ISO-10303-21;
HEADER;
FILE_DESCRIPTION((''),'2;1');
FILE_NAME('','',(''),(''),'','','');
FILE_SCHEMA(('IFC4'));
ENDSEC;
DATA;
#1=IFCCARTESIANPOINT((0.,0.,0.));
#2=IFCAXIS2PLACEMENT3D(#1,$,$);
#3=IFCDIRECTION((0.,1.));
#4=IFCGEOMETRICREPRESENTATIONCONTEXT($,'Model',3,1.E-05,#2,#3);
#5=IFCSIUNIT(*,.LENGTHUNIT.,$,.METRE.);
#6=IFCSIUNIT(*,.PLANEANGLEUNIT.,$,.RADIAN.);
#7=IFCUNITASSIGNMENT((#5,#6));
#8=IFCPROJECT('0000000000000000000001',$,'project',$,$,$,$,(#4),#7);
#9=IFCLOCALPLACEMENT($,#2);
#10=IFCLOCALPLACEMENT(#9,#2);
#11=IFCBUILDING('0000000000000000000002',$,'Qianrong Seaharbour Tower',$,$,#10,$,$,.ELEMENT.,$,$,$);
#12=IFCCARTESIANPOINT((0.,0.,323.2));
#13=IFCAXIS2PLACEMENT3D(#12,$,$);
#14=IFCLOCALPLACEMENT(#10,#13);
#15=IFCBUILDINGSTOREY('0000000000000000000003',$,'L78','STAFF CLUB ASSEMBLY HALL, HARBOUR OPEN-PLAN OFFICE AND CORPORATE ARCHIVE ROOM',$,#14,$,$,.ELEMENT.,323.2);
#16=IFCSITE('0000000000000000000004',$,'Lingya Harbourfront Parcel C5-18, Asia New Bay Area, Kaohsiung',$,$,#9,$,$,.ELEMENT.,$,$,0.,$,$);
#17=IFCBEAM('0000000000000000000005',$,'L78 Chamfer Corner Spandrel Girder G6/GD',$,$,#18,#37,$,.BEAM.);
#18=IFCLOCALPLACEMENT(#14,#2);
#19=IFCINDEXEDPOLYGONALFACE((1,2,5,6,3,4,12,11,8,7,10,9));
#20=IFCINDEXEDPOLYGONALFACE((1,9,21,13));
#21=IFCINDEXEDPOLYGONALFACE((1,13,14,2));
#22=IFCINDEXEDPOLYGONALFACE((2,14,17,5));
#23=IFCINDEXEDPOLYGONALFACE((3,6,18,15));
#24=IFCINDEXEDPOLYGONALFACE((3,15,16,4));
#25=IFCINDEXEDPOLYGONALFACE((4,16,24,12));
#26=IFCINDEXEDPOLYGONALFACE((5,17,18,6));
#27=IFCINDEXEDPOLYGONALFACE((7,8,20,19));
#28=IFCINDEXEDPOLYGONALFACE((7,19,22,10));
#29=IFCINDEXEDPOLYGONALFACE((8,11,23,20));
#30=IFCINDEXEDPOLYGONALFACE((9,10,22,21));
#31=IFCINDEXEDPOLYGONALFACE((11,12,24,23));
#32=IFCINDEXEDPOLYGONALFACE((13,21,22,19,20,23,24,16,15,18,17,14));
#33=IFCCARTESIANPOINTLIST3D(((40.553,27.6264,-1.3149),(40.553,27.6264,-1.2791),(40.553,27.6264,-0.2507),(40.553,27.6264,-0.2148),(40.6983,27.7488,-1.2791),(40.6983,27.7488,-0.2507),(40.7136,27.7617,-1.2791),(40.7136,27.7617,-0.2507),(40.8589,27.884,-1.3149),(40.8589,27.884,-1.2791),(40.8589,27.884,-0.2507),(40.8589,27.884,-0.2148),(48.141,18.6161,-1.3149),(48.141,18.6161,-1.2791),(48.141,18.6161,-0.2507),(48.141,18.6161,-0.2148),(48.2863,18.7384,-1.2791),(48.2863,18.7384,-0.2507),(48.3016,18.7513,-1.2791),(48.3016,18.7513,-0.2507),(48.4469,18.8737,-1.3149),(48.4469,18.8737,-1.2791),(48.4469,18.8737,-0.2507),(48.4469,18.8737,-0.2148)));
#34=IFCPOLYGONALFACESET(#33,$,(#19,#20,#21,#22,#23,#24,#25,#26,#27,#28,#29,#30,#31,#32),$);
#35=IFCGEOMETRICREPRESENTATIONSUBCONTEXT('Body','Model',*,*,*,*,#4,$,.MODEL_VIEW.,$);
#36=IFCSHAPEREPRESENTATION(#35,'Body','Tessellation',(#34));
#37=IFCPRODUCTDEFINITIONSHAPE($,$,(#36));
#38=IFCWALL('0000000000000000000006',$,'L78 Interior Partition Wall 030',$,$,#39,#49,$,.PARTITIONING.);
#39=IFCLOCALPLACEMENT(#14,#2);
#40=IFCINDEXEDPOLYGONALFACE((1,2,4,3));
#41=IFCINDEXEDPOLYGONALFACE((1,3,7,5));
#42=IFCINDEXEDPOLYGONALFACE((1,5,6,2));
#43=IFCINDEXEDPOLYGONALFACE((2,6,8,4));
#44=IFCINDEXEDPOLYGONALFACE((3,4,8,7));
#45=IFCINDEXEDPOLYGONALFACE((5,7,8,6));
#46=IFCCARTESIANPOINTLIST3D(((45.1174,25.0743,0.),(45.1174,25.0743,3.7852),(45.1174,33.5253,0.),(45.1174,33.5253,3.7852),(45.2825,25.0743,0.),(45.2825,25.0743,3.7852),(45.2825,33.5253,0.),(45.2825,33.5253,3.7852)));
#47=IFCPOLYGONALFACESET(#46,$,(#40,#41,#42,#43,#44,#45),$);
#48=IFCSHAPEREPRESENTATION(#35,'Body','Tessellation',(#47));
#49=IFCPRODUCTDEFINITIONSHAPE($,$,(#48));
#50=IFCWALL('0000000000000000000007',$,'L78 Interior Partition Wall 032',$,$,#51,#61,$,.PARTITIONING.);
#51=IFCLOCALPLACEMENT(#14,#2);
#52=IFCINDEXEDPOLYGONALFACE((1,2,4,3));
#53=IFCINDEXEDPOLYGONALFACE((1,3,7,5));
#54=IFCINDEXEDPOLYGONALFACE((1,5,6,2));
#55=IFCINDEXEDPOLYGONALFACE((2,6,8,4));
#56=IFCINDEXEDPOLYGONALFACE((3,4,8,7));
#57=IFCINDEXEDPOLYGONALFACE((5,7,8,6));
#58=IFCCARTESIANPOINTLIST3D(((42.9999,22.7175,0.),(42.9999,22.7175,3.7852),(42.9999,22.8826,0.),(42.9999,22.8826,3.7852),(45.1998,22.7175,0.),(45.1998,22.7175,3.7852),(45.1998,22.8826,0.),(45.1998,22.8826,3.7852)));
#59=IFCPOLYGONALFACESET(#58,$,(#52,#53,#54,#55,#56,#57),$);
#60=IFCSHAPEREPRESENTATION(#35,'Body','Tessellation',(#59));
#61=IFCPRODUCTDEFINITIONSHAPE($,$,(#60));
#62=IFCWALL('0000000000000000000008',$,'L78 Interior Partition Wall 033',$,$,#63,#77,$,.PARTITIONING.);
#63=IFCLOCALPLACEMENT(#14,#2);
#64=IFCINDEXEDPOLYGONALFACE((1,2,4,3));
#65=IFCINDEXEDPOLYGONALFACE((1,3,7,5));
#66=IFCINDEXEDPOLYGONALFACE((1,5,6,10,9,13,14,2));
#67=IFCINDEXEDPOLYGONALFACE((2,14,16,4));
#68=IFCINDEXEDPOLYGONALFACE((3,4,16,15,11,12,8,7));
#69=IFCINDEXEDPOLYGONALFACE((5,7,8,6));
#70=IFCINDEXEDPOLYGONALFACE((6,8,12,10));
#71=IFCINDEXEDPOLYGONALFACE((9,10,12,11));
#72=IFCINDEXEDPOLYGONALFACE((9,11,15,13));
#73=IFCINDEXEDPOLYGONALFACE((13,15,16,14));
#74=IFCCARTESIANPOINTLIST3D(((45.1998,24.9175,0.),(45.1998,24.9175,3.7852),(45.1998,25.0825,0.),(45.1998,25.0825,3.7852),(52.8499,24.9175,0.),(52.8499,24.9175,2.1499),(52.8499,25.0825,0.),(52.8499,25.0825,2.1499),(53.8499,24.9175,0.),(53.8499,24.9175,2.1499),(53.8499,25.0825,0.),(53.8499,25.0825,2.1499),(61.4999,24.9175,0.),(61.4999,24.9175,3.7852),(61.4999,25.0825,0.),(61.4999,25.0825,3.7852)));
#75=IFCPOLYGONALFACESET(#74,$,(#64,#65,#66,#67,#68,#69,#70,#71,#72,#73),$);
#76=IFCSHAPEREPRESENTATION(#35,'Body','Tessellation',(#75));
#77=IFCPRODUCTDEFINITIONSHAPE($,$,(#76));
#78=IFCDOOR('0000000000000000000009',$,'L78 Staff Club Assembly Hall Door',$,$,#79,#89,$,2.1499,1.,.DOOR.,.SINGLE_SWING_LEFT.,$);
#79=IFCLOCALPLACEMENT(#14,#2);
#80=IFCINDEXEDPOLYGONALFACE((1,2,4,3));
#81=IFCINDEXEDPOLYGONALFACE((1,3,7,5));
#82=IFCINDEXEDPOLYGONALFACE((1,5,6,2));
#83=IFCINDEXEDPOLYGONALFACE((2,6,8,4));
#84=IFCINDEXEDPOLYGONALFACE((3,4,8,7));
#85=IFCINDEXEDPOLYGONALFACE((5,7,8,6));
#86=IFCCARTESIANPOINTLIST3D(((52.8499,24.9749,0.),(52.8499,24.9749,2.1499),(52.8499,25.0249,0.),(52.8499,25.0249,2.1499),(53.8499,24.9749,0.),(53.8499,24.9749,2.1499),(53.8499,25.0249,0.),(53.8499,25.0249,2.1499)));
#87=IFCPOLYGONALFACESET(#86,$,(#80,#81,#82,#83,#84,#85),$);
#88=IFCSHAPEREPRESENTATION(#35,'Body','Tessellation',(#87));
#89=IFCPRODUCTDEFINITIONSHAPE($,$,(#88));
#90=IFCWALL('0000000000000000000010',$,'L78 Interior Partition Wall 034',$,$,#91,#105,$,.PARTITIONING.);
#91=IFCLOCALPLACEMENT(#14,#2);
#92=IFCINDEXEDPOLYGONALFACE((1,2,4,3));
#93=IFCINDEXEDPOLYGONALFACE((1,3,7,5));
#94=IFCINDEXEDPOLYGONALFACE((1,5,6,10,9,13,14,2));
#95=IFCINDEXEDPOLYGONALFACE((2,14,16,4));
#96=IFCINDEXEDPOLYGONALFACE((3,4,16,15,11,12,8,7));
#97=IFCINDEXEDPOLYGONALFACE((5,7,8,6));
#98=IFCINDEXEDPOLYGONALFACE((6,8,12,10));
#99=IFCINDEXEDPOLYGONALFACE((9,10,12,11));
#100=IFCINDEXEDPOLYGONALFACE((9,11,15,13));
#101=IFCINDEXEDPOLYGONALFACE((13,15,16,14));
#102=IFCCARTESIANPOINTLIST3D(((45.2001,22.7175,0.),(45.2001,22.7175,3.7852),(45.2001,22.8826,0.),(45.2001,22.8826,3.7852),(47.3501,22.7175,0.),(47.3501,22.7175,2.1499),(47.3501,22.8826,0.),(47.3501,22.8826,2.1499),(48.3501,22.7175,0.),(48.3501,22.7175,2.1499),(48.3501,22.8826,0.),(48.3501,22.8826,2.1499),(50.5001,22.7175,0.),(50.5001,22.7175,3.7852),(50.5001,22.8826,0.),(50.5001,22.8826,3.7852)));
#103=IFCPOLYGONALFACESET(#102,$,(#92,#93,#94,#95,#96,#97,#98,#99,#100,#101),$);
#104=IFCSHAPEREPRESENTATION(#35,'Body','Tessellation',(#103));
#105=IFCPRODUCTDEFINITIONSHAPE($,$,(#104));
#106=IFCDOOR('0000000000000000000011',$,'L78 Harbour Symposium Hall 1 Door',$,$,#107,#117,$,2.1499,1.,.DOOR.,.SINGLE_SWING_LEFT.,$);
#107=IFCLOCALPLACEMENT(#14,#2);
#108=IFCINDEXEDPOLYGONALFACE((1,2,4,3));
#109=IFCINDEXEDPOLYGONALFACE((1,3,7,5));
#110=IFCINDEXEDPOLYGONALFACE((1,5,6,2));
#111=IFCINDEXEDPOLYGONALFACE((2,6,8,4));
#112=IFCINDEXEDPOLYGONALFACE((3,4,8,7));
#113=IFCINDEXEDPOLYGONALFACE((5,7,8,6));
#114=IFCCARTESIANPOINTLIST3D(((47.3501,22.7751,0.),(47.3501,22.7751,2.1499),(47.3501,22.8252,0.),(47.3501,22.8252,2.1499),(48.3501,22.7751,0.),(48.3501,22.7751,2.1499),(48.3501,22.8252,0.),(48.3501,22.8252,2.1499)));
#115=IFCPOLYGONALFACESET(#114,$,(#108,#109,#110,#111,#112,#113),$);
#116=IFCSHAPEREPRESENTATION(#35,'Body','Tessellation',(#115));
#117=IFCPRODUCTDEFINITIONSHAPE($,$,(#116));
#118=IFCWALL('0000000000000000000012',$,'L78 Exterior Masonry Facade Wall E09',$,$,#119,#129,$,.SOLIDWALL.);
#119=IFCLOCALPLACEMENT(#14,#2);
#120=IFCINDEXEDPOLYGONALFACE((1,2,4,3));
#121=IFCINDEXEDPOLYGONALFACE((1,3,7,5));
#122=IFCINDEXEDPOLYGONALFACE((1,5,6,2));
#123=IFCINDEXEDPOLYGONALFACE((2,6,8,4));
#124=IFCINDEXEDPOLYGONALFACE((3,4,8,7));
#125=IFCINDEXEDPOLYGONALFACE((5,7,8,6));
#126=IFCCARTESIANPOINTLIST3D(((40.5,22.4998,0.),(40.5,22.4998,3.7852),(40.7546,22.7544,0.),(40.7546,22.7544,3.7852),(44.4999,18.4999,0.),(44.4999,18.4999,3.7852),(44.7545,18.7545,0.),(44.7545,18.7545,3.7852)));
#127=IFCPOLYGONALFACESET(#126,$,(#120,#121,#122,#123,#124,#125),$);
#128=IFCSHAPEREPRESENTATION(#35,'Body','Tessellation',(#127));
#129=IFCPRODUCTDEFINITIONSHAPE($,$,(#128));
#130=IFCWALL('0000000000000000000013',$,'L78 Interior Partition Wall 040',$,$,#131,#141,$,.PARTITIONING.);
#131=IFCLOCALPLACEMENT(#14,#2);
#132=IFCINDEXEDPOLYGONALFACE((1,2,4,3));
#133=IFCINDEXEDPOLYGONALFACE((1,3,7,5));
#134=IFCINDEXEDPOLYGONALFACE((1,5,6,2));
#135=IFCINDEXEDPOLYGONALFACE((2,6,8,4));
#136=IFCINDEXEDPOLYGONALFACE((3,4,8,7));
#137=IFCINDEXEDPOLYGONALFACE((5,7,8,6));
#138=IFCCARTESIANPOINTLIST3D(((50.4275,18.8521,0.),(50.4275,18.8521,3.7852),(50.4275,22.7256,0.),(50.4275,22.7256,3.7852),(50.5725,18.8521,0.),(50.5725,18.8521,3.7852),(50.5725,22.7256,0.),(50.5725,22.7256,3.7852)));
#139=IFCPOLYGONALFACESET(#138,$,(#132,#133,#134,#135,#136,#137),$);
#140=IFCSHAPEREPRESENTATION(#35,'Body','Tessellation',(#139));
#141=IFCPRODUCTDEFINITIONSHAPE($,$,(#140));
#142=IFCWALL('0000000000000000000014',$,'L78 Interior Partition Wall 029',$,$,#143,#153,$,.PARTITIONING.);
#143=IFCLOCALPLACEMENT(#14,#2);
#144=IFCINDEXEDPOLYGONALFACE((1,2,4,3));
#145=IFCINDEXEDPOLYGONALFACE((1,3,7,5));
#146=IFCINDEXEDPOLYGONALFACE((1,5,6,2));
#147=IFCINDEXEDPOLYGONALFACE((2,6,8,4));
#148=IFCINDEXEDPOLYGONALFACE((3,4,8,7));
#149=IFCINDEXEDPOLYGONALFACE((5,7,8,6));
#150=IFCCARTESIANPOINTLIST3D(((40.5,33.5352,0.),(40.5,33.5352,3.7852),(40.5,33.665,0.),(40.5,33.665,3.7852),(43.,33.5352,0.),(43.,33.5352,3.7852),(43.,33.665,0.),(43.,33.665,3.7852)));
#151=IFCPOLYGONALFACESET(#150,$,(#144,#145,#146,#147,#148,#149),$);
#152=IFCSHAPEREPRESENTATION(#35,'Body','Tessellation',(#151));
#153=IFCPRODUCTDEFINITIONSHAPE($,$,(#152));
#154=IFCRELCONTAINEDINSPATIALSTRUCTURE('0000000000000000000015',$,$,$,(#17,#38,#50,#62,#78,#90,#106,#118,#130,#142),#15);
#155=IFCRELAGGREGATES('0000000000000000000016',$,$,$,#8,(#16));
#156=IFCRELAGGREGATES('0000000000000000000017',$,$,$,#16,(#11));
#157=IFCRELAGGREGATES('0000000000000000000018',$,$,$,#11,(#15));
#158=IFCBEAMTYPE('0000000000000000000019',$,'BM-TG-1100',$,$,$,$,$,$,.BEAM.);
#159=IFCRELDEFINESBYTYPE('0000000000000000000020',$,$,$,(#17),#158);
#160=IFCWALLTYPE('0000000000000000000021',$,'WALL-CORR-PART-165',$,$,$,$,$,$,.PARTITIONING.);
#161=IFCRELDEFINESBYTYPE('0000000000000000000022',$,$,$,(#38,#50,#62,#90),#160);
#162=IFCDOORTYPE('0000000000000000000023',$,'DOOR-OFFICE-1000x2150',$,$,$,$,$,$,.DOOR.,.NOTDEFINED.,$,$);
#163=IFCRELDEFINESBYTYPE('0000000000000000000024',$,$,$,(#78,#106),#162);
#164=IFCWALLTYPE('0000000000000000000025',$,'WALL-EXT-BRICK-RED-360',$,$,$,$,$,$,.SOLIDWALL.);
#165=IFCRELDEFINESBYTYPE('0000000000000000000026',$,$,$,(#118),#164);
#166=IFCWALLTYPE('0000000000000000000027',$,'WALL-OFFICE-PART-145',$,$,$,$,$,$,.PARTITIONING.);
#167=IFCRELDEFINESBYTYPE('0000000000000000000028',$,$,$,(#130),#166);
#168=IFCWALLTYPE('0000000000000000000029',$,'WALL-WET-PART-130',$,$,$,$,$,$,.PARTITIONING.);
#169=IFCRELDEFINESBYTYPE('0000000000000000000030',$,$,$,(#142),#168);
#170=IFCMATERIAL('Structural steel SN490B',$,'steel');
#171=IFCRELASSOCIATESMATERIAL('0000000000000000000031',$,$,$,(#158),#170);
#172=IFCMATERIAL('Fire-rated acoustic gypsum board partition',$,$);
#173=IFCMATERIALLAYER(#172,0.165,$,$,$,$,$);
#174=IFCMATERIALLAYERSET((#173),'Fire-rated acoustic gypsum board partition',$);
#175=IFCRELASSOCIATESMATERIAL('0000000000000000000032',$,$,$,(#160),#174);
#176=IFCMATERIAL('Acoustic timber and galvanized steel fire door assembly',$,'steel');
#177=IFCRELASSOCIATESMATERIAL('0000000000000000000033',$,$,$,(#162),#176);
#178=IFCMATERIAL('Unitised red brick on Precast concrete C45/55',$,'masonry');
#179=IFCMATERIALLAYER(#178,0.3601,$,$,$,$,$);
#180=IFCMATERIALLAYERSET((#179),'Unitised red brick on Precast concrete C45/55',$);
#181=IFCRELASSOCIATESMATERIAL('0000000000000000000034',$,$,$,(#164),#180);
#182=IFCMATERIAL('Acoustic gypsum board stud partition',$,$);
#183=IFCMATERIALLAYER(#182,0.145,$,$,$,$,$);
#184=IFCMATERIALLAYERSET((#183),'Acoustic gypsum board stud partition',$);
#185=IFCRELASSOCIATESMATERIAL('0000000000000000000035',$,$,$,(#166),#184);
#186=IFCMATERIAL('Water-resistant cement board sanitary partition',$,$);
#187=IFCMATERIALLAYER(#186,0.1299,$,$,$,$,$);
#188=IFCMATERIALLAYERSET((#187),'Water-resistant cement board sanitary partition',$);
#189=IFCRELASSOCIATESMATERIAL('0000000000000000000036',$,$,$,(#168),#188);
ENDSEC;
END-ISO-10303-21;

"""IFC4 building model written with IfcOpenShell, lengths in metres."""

from ifc_helpers import new_model, si_unit, direction, frame, frame_2d, origin, origin_2d, place, context, subcontext, project, spatial, rectangle, i_section, extrude, material, layer, layer_set, material_profile, profile_set, type_object, element, fill, save


model = new_model("IFC4")

# Units and contexts
model_context = context("Model", 3, precision=1e-05, world=origin(), true_north=direction((0.0, 1.0)))
body_context = subcontext(model_context, "Body", "Model", "MODEL_VIEW")
ifc_project = project(units=[si_unit("LENGTHUNIT", "METRE"), si_unit("PLANEANGLEUNIT", "RADIAN")], contexts=[model_context])

# Site, building, storey
site_placement = place(None, origin())
site = spatial("IfcSite", under=ifc_project, at=site_placement, Name="Lingya Harbourfront Parcel C5-18, Asia New Bay Area, Kaohsiung", CompositionType="ELEMENT", RefElevation=0.0)
building_placement = place(site_placement, origin())
building = spatial("IfcBuilding", under=site, at=building_placement, Name="Qianrong Seaharbour Tower", CompositionType="ELEMENT")
storey_placement = place(building_placement, frame((0.0, 0.0, 323.2)))
storey = spatial("IfcBuildingStorey", under=building, at=storey_placement, Name="L78", Description="STAFF CLUB ASSEMBLY HALL, HARBOUR OPEN-PLAN OFFICE AND CORPORATE ARCHIVE ROOM", CompositionType="ELEMENT", Elevation=323.2)

# Beam
ifc_material_1 = material(Name="Structural steel SN490B", Category="steel")
ifc_material_profile_1 = material_profile(ifc_material_1, i_section(OverallWidth=0.3999, OverallDepth=1.1001, WebThickness=0.02, FlangeThickness=0.0359, at=origin_2d()), Name="BH1100x400x20x36")
ifc_profile_set_1 = profile_set([ifc_material_profile_1], Name="Structural steel SN490B")
beam_type_1 = type_object("IfcBeamType", Name="BM-TG-1100", PredefinedType="BEAM", material=ifc_profile_set_1)
beam_1_placement = place(storey_placement, frame((48.2939, 18.7449, -0.7649), z_axis=(-0.644151, 0.764898, 0.0), x_axis=(-0.764898, -0.644151, 0.0)))
element("IfcBeam", 1, at=beam_1_placement, inside=storey, type_object=beam_type_1, Name="L78 Chamfer Corner Spandrel Girder G6/GD", PredefinedType="BEAM", context=body_context, shape_type="SweptSolid", body=[
    extrude(i_section(OverallWidth=0.3999, OverallDepth=1.1001, WebThickness=0.02, FlangeThickness=0.0359, at=origin_2d()), origin(), (0.0, 0.0, 1.0), 11.7798),
])

# Shared definitions
ifc_material_2 = material(Name="Fire-rated acoustic gypsum board partition")
ifc_layer_1 = layer(ifc_material_2, 0.165)
ifc_layer_set_1 = layer_set([ifc_layer_1], Name="Fire-rated acoustic gypsum board partition")
wall_type_1 = type_object("IfcWallType", Name="WALL-CORR-PART-165", PredefinedType="PARTITIONING", material=ifc_layer_set_1)
ifc_material_3 = material(Name="Acoustic timber and galvanized steel fire door assembly", Category="steel")

# Walls
wall_1_placement = place(storey_placement, frame((45.2, 33.5254, 0.0), z_axis=(0.0, 0.0, 1.0), x_axis=(0.0, -1.0, 0.0)))
element("IfcWall", 2, at=wall_1_placement, inside=storey, type_object=wall_type_1, Name="L78 Interior Partition Wall 030", PredefinedType="PARTITIONING", context=body_context, shape_type="SweptSolid", body=[
    extrude(rectangle(XDim=8.4509, YDim=0.165, at=frame_2d((4.2256, 0.0))), origin(), (0.0, 0.0, 1.0), 3.7852),
])
wall_2_placement = place(storey_placement, frame((45.2, 22.8, 0.0), z_axis=(0.0, 0.0, 1.0), x_axis=(-1.0, 0.0, 0.0)))
element("IfcWall", 3, at=wall_2_placement, inside=storey, type_object=wall_type_1, Name="L78 Interior Partition Wall 032", PredefinedType="PARTITIONING", context=body_context, shape_type="SweptSolid", body=[
    extrude(rectangle(XDim=2.2, YDim=0.165, at=frame_2d((1.1001, 0.0))), origin(), (0.0, 0.0, 1.0), 3.7852),
])

# Walls, openings, doors
wall_3_placement = place(storey_placement, frame((45.2, 25.0, 0.0), z_axis=(0.0, 0.0, 1.0), x_axis=(1.0, 0.0, 0.0)))
wall_3 = element("IfcWall", 4, at=wall_3_placement, inside=storey, type_object=wall_type_1, Name="L78 Interior Partition Wall 033", PredefinedType="PARTITIONING", context=body_context, shape_type="SweptSolid", body=[
    extrude(rectangle(XDim=16.3, YDim=0.165, at=frame_2d((8.1499, 0.0))), origin(), (0.0, 0.0, 1.0), 3.7852),
])
opening_1_placement = place(wall_3_placement, frame((7.6499, 0.0, 0.0)))
opening_1 = element("IfcOpeningElement", 5, at=opening_1_placement, cuts=wall_3, PredefinedType="OPENING", context=body_context, shape_type="SweptSolid", body=[
    extrude(rectangle(XDim=1.0, YDim=2.1499, at=frame_2d((0.5, 1.075))), frame((0.0, 0.0925, 0.0), z_axis=(0.0, -1.0, 0.0), x_axis=(1.0, 0.0, 0.0)), (0.0, 0.0, 1.0), 0.1851),
])
door_type_1 = type_object("IfcDoorType", Name="DOOR-OFFICE-1000x2150", OperationType="NOTDEFINED", PredefinedType="DOOR", material=ifc_material_3)
door_1_placement = place(opening_1_placement, origin())
door_1 = element("IfcDoor", 6, at=door_1_placement, inside=storey, type_object=door_type_1, Name="L78 Staff Club Assembly Hall Door", OperationType="SINGLE_SWING_LEFT", OverallHeight=2.1499, OverallWidth=1.0, PredefinedType="DOOR", context=body_context, shape_type="SweptSolid", body=[
    extrude(rectangle(XDim=1.0, YDim=2.1499, at=frame_2d((0.5, 1.075))), frame((0.0, 0.0249, 0.0), z_axis=(0.0, -1.0, 0.0), x_axis=(1.0, 0.0, 0.0)), (0.0, 0.0, 1.0), 0.05),
])
fill(opening_1, door_1)
wall_4_placement = place(storey_placement, frame((50.5, 22.8, 0.0), z_axis=(0.0, 0.0, 1.0), x_axis=(-1.0, 0.0, 0.0)))
wall_4 = element("IfcWall", 7, at=wall_4_placement, inside=storey, type_object=wall_type_1, Name="L78 Interior Partition Wall 034", PredefinedType="PARTITIONING", context=body_context, shape_type="SweptSolid", body=[
    extrude(rectangle(XDim=5.3, YDim=0.165, at=frame_2d((2.6499, 0.0))), origin(), (0.0, 0.0, 1.0), 3.7852),
])
opening_2_placement = place(wall_4_placement, frame((2.1499, 0.0, 0.0)))
opening_2 = element("IfcOpeningElement", 8, at=opening_2_placement, cuts=wall_4, PredefinedType="OPENING", context=body_context, shape_type="SweptSolid", body=[
    extrude(rectangle(XDim=1.0, YDim=2.1499, at=frame_2d((0.5, 1.075))), frame((0.0, 0.0925, 0.0), z_axis=(0.0, -1.0, 0.0), x_axis=(1.0, 0.0, 0.0)), (0.0, 0.0, 1.0), 0.1851),
])
door_2_placement = place(opening_2_placement, origin())
door_2 = element("IfcDoor", 9, at=door_2_placement, inside=storey, type_object=door_type_1, Name="L78 Harbour Symposium Hall 1 Door", OperationType="SINGLE_SWING_LEFT", OverallHeight=2.1499, OverallWidth=1.0, PredefinedType="DOOR", context=body_context, shape_type="SweptSolid", body=[
    extrude(rectangle(XDim=1.0, YDim=2.1499, at=frame_2d((0.5, 1.075))), frame((0.0, 0.0249, 0.0), z_axis=(0.0, -1.0, 0.0), x_axis=(1.0, 0.0, 0.0)), (0.0, 0.0, 1.0), 0.05),
])
fill(opening_2, door_2)

# Walls
ifc_material_4 = material(Name="Unitised red brick on Precast concrete C45/55", Category="masonry")
ifc_layer_2 = layer(ifc_material_4, 0.3601)
ifc_layer_set_2 = layer_set([ifc_layer_2], Name="Unitised red brick on Precast concrete C45/55")
wall_type_2 = type_object("IfcWallType", Name="WALL-EXT-BRICK-RED-360", PredefinedType="SOLIDWALL", material=ifc_layer_set_2)
wall_5_placement = place(storey_placement, frame((44.6272, 18.6272, 0.0), z_axis=(0.0, 0.0, 1.0), x_axis=(-0.707107, 0.707107, 0.0)))
element("IfcWall", 10, at=wall_5_placement, inside=storey, type_object=wall_type_2, Name="L78 Exterior Masonry Facade Wall E09", PredefinedType="SOLIDWALL", context=body_context, shape_type="SweptSolid", body=[
    extrude(rectangle(XDim=5.6567, YDim=0.3601, at=frame_2d((2.8284, 0.0))), origin(), (0.0, 0.0, 1.0), 3.7852),
])
ifc_material_5 = material(Name="Acoustic gypsum board stud partition")
ifc_layer_3 = layer(ifc_material_5, 0.145)
ifc_layer_set_3 = layer_set([ifc_layer_3], Name="Acoustic gypsum board stud partition")
wall_type_3 = type_object("IfcWallType", Name="WALL-OFFICE-PART-145", PredefinedType="PARTITIONING", material=ifc_layer_set_3)
wall_6_placement = place(storey_placement, frame((50.5, 22.7256, 0.0), z_axis=(0.0, 0.0, 1.0), x_axis=(0.0, -1.0, 0.0)))
element("IfcWall", 11, at=wall_6_placement, inside=storey, type_object=wall_type_3, Name="L78 Interior Partition Wall 040", PredefinedType="PARTITIONING", context=body_context, shape_type="SweptSolid", body=[
    extrude(rectangle(XDim=3.8735, YDim=0.145, at=frame_2d((1.9368, 0.0))), origin(), (0.0, 0.0, 1.0), 3.7852),
])
ifc_material_6 = material(Name="Water-resistant cement board sanitary partition")
ifc_layer_4 = layer(ifc_material_6, 0.1299)
ifc_layer_set_4 = layer_set([ifc_layer_4], Name="Water-resistant cement board sanitary partition")
wall_type_4 = type_object("IfcWallType", Name="WALL-WET-PART-130", PredefinedType="PARTITIONING", material=ifc_layer_set_4)
wall_7_placement = place(storey_placement, frame((43.0, 33.6001, 0.0), z_axis=(0.0, 0.0, 1.0), x_axis=(-1.0, 0.0, 0.0)))
element("IfcWall", 12, at=wall_7_placement, inside=storey, type_object=wall_type_4, Name="L78 Interior Partition Wall 029", PredefinedType="PARTITIONING", context=body_context, shape_type="SweptSolid", body=[
    extrude(rectangle(XDim=2.5, YDim=0.1299, at=frame_2d((1.25, 0.0))), origin(), (0.0, 0.0, 1.0), 3.7852),
])

save(model, "model.ifc")
